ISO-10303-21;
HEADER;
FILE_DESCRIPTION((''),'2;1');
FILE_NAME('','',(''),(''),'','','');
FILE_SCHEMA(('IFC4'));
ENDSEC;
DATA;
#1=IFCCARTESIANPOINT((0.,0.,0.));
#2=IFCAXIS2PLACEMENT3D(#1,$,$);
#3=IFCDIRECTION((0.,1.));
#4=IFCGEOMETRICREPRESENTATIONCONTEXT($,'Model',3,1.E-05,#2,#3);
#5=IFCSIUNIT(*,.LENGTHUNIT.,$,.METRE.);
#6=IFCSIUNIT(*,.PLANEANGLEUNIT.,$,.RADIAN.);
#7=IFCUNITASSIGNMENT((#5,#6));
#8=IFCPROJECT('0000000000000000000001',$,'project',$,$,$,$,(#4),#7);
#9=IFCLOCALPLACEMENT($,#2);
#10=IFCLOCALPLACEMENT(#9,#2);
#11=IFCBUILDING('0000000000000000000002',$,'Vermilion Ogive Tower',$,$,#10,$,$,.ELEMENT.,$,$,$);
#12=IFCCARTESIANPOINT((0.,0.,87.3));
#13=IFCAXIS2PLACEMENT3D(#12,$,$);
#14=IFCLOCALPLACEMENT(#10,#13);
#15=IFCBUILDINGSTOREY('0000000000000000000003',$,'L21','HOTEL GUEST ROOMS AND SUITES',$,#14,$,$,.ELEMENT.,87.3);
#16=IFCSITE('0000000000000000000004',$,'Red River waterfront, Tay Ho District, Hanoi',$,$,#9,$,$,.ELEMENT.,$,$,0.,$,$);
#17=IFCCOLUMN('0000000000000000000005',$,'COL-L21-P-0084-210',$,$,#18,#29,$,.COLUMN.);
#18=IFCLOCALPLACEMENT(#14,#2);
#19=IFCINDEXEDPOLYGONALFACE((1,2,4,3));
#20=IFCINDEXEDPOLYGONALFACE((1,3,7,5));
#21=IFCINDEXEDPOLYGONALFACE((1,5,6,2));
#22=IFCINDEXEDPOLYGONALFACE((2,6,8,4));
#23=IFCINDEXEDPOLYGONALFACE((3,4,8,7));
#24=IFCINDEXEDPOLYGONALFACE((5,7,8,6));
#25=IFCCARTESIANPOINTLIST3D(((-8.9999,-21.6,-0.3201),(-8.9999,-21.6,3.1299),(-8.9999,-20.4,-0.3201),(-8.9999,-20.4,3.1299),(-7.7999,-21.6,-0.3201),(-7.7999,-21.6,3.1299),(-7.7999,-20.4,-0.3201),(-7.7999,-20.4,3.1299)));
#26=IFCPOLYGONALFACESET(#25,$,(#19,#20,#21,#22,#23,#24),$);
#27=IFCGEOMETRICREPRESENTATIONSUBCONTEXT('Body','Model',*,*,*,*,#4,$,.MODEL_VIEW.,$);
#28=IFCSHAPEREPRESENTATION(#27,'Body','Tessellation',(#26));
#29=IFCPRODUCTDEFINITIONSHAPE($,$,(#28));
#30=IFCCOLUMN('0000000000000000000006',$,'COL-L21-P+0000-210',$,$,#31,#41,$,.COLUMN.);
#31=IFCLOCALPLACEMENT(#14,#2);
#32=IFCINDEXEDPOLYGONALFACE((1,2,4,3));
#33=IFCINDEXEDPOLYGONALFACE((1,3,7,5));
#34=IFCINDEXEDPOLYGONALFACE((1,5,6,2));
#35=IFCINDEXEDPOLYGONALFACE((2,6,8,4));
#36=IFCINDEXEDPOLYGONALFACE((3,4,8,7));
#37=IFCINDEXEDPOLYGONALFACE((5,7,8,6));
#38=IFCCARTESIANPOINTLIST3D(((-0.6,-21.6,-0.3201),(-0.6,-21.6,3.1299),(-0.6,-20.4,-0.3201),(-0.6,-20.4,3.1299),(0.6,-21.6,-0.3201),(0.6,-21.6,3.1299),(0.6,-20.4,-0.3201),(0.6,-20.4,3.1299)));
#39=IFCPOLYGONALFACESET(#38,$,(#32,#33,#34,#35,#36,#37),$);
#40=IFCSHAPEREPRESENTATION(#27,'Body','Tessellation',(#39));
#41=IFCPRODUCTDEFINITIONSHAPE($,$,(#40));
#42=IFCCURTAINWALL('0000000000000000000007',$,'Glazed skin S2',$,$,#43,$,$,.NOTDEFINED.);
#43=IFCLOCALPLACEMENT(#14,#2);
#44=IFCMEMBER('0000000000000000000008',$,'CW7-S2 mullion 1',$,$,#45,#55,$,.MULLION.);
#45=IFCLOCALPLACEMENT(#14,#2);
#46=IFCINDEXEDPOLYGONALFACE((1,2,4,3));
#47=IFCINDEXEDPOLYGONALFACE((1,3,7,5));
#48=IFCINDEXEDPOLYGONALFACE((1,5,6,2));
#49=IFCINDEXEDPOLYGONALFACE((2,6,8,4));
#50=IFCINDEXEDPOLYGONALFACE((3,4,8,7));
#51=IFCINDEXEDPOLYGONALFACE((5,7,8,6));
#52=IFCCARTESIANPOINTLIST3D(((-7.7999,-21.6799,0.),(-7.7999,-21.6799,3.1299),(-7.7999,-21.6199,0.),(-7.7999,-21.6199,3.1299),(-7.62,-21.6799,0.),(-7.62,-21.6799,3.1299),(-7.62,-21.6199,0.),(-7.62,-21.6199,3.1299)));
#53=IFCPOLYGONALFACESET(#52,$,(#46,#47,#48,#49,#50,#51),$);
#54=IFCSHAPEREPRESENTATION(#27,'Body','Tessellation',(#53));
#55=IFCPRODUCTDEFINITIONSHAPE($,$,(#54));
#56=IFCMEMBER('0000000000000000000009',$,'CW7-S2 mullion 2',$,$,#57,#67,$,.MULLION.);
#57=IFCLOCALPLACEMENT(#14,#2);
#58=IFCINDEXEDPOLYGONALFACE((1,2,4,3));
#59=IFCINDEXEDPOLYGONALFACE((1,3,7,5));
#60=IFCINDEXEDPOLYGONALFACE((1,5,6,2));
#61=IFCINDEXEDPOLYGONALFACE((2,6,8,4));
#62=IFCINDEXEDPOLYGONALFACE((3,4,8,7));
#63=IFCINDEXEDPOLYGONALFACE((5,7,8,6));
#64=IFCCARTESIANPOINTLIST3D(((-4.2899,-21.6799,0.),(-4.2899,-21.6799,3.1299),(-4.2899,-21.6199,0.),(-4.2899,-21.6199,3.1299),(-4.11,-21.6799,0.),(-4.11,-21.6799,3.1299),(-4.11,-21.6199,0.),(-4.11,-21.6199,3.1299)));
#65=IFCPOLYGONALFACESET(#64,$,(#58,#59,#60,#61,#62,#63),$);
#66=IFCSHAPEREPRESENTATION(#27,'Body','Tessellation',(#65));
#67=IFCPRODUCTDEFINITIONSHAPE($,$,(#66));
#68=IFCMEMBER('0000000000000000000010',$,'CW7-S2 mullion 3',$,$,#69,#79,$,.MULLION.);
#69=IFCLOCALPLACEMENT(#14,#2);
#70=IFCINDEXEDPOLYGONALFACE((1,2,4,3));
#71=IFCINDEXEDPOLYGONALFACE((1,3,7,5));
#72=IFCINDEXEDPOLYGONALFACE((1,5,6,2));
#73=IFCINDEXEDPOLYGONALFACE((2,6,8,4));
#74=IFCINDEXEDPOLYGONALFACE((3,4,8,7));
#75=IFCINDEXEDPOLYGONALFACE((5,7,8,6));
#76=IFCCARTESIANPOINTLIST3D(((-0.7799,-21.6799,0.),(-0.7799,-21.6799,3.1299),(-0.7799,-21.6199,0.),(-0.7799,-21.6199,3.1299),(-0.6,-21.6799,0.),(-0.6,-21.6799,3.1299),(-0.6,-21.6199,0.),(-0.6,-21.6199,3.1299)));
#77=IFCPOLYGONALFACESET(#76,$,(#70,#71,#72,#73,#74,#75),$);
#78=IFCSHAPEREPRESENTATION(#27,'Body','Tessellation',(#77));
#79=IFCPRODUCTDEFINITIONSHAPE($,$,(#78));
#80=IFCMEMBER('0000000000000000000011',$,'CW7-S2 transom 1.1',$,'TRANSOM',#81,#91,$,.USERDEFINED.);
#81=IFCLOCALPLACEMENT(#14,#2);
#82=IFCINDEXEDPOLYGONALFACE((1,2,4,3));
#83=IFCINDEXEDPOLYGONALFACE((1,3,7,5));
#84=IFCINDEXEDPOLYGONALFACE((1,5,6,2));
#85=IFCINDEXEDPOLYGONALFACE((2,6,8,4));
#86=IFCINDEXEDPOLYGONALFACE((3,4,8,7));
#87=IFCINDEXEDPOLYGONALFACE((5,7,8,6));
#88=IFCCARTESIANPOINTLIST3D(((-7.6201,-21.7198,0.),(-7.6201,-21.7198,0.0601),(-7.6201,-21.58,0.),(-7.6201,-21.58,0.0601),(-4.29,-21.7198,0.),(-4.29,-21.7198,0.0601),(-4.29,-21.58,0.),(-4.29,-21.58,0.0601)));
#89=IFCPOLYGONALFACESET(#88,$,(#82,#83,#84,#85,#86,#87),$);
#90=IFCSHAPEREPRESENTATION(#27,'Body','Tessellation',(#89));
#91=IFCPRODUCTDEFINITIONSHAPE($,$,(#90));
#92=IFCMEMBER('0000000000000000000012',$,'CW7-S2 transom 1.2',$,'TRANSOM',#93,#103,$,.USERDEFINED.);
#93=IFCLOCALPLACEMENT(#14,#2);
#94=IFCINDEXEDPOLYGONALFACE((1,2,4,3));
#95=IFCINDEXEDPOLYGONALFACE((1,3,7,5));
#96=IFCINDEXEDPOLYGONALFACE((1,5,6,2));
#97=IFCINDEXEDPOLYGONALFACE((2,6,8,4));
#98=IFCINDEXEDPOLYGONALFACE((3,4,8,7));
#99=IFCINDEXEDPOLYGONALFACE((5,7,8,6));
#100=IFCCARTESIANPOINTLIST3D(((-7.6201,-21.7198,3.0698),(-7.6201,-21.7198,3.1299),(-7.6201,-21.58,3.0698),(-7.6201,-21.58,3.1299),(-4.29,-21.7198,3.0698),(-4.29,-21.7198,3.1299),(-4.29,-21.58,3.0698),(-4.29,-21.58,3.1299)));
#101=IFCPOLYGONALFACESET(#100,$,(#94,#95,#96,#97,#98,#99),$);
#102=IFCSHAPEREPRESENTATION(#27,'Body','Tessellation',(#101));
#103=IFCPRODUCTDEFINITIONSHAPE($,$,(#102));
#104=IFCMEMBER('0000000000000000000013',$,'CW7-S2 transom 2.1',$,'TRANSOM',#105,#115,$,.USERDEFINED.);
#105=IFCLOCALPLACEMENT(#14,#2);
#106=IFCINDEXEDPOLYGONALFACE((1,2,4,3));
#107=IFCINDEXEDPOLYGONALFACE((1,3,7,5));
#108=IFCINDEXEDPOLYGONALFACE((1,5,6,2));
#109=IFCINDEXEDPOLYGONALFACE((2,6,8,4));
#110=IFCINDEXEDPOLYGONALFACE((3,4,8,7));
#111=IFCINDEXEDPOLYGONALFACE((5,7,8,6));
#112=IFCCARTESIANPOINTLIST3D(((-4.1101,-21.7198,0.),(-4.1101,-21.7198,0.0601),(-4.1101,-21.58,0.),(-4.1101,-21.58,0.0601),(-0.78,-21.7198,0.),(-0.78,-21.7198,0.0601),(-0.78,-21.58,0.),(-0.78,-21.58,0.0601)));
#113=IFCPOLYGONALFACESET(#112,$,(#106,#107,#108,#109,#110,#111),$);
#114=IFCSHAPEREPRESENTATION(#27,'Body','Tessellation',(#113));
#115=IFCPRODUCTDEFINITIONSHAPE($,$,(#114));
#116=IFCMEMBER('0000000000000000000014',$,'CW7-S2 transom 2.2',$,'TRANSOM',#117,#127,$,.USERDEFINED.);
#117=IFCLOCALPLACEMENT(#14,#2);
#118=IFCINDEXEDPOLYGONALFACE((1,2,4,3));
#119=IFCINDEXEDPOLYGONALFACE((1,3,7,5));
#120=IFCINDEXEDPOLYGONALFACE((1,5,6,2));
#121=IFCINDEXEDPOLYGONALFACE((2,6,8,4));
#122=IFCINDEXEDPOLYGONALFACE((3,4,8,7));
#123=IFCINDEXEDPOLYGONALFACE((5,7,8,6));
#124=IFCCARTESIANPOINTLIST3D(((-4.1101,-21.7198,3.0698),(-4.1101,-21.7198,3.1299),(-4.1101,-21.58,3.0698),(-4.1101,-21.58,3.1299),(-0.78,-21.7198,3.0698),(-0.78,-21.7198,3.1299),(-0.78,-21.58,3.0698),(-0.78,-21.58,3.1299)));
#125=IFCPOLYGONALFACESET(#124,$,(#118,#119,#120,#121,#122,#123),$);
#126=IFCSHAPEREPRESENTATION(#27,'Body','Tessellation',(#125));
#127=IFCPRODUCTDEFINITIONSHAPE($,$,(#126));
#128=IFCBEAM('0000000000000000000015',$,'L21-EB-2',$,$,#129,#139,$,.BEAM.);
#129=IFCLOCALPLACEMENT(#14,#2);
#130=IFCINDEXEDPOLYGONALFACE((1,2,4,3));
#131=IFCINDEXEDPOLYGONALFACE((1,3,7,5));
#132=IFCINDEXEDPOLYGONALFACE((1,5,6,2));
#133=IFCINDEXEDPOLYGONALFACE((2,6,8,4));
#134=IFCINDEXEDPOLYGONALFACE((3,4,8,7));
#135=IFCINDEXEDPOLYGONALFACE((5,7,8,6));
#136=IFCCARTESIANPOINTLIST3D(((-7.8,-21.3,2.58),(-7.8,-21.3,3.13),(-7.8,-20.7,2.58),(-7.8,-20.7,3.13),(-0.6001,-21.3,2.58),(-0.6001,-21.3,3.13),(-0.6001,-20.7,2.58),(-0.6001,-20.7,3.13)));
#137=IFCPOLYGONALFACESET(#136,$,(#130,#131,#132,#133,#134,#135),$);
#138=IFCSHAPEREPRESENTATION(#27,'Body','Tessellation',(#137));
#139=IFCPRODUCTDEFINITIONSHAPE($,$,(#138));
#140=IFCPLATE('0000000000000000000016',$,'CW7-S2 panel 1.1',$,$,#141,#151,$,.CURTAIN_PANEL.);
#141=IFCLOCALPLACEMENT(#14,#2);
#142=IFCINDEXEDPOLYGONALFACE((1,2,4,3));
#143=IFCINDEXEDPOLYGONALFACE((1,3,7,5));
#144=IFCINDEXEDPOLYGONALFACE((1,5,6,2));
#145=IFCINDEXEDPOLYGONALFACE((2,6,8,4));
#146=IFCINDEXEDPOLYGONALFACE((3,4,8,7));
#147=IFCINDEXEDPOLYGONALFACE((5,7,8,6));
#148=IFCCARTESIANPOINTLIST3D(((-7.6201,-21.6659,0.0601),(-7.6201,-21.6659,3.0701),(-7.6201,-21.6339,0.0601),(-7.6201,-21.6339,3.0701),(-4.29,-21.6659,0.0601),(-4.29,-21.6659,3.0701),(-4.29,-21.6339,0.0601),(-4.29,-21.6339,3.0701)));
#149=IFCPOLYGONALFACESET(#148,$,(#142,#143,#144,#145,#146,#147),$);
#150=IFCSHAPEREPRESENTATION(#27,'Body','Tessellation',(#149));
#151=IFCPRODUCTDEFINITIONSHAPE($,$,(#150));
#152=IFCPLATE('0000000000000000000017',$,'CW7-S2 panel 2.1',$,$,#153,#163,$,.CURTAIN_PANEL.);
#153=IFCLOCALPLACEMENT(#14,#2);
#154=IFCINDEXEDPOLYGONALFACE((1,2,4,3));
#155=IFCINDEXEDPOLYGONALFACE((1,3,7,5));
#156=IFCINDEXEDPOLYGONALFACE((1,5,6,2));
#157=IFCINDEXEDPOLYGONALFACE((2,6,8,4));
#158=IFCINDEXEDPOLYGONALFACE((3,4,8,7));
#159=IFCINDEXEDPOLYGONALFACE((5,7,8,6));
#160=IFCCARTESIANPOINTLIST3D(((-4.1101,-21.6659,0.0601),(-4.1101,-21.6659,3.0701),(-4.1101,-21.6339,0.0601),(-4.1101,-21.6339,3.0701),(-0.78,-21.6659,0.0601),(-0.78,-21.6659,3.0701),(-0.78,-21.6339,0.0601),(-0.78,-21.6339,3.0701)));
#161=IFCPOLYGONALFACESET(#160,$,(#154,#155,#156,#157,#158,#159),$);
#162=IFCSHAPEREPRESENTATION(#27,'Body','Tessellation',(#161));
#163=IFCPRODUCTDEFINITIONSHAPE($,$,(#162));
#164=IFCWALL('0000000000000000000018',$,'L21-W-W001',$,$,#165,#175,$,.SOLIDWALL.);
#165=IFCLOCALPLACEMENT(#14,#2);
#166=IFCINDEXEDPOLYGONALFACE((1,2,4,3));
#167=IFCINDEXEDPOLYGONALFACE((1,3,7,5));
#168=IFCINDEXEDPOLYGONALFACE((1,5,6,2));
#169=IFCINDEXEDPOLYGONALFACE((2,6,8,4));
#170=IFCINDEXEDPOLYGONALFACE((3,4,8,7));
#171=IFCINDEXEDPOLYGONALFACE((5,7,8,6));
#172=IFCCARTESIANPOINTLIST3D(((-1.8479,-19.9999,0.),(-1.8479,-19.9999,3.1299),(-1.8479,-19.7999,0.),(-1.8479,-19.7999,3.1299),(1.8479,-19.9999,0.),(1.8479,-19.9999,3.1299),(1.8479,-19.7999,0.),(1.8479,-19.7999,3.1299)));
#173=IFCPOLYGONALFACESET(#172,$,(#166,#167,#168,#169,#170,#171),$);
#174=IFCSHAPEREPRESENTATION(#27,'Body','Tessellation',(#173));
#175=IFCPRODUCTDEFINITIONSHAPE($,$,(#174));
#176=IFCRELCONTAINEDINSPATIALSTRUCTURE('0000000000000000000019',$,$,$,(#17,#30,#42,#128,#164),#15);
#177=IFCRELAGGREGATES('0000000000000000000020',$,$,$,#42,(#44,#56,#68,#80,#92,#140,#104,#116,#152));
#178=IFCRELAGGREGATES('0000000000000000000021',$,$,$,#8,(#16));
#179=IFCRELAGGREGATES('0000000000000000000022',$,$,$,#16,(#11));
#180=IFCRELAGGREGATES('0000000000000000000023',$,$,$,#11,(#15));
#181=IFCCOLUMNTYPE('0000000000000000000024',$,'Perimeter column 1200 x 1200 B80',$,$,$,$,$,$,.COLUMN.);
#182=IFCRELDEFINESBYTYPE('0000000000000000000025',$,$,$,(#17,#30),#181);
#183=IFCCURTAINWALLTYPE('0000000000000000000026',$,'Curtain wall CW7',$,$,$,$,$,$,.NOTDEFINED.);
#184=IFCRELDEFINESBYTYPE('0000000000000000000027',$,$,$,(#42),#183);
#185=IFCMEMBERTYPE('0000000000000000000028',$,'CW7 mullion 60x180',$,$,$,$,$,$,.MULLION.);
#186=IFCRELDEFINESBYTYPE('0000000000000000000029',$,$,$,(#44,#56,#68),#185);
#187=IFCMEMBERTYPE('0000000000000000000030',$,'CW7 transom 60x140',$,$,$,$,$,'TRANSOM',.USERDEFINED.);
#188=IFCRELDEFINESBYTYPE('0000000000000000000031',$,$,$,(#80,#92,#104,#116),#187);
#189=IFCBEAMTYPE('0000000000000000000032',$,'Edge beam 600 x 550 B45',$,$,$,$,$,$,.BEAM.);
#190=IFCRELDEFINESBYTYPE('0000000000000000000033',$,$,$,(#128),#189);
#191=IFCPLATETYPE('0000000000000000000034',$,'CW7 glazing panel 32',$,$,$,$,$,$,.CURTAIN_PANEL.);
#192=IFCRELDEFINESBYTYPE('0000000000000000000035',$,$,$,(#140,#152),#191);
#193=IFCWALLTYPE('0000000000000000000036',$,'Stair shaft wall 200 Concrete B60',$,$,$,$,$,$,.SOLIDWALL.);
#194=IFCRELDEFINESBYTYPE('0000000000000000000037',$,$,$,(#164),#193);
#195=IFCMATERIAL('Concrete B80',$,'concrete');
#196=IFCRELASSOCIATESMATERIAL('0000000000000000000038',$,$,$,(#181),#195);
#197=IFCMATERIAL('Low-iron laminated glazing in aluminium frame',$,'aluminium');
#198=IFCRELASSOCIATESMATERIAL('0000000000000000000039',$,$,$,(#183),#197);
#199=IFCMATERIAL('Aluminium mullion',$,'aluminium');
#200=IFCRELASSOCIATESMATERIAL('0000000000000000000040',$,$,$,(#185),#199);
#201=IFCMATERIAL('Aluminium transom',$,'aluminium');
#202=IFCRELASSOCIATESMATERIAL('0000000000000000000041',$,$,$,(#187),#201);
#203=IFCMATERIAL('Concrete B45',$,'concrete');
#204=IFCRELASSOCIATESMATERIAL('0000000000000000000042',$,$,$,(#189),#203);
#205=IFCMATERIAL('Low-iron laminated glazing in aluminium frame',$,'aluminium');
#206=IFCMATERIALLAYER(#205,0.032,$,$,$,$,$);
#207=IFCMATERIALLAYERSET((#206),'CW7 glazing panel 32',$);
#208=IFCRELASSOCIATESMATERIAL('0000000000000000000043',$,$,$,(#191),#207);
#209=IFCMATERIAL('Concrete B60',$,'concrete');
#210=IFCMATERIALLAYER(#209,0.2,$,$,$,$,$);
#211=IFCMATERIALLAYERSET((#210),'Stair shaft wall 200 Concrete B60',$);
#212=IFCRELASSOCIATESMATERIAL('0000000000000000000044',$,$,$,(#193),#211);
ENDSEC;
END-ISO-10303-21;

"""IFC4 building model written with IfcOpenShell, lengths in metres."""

from ifc_helpers import new_model, si_unit, direction, frame, frame_2d, origin, origin_2d, place, context, subcontext, project, spatial, rectangle, extrude, material, layer, layer_set, material_profile, profile_set, type_object, element, aggregate, save


model = new_model("IFC4")

# Units and contexts
model_context = context("Model", 3, precision=1e-05, world=origin(), true_north=direction((0.0, 1.0)))
body_context = subcontext(model_context, "Body", "Model", "MODEL_VIEW")
ifc_project = project(units=[si_unit("LENGTHUNIT", "METRE"), si_unit("PLANEANGLEUNIT", "RADIAN")], contexts=[model_context])

# Site, building, storey
site_placement = place(None, origin())
site = spatial("IfcSite", under=ifc_project, at=site_placement, Name="Red River waterfront, Tay Ho District, Hanoi", CompositionType="ELEMENT", RefElevation=0.0)
building_placement = place(site_placement, origin())
building = spatial("IfcBuilding", under=site, at=building_placement, Name="Vermilion Ogive Tower", CompositionType="ELEMENT")
storey_placement = place(building_placement, frame((0.0, 0.0, 87.3)))
storey = spatial("IfcBuildingStorey", under=building, at=storey_placement, Name="L21", Description="HOTEL GUEST ROOMS AND SUITES", CompositionType="ELEMENT", Elevation=87.3)

# Columns
ifc_material_1 = material(Name="Concrete B80", Category="concrete")
ifc_material_profile_1 = material_profile(ifc_material_1, rectangle(XDim=1.2, YDim=1.2, at=origin_2d()), Name="1200 x 1200")
ifc_profile_set_1 = profile_set([ifc_material_profile_1], Name="Concrete B80")
column_type = type_object("IfcColumnType", Name="Perimeter column 1200 x 1200 B80", PredefinedType="COLUMN", material=ifc_profile_set_1)
for number, where, z_axis, x_axis, name in (
    (1, (-8.3999, -21.0, -0.3201), (0.0, 0.0, 1.0), (1.0, 0.0, 0.0), "COL-L21-P-0084-210"),
    (2, (0.0, -21.0, -0.3201), (0.0, 0.0, 1.0), (1.0, 0.0, 0.0), "COL-L21-P+0000-210"),
):
    element("IfcColumn", number, at=place(storey_placement, frame(where, z_axis=z_axis, x_axis=x_axis)), inside=storey, type_object=column_type, Name=name, PredefinedType="COLUMN", context=body_context, shape_type="SweptSolid", body=[
        extrude(rectangle(XDim=1.2, YDim=1.2, at=origin_2d()), origin(), (0.0, 0.0, 1.0), 3.45),
    ])

# Curtain wall, members
ifc_material_2 = material(Name="Low-iron laminated glazing in aluminium frame", Category="aluminium")
curtain_wall_type = type_object("IfcCurtainWallType", Name="Curtain wall CW7", PredefinedType="NOTDEFINED", material=ifc_material_2)
curtain_wall_placement = place(storey_placement, origin())
curtain_wall = element("IfcCurtainWall", 3, at=curtain_wall_placement, inside=storey, type_object=curtain_wall_type, Name="Glazed skin S2", PredefinedType="NOTDEFINED")
ifc_material_3 = material(Name="Aluminium mullion", Category="aluminium")
ifc_material_profile_2 = material_profile(ifc_material_3, rectangle(XDim=0.0601, YDim=0.1799, at=origin_2d()), Name="AL 60x180")
ifc_profile_set_2 = profile_set([ifc_material_profile_2], Name="Aluminium mullion")
member_type_1 = type_object("IfcMemberType", Name="CW7 mullion 60x180", PredefinedType="MULLION", material=ifc_profile_set_2)
member_1_placement = place(storey_placement, frame((-7.71, -21.6499, 0.0), z_axis=(0.0, 0.0, 1.0), x_axis=(0.0, 1.0, 0.0)))
member_1 = element("IfcMember", 4, at=member_1_placement, type_object=member_type_1, Name="CW7-S2 mullion 1", PredefinedType="MULLION", context=body_context, shape_type="SweptSolid", body=[
    extrude(rectangle(XDim=0.0601, YDim=0.1799, at=origin_2d()), origin(), (0.0, 0.0, 1.0), 3.1299),
])
member_2_placement = place(storey_placement, frame((-4.2, -21.6499, 0.0), z_axis=(0.0, 0.0, 1.0), x_axis=(0.0, 1.0, 0.0)))
member_2 = element("IfcMember", 5, at=member_2_placement, type_object=member_type_1, Name="CW7-S2 mullion 2", PredefinedType="MULLION", context=body_context, shape_type="SweptSolid", body=[
    extrude(rectangle(XDim=0.0601, YDim=0.1799, at=origin_2d()), origin(), (0.0, 0.0, 1.0), 3.1299),
])
member_3_placement = place(storey_placement, frame((-0.6899, -21.6499, 0.0), z_axis=(0.0, 0.0, 1.0), x_axis=(0.0, 1.0, 0.0)))
member_3 = element("IfcMember", 6, at=member_3_placement, type_object=member_type_1, Name="CW7-S2 mullion 3", PredefinedType="MULLION", context=body_context, shape_type="SweptSolid", body=[
    extrude(rectangle(XDim=0.0601, YDim=0.1799, at=origin_2d()), origin(), (0.0, 0.0, 1.0), 3.1299),
])
ifc_material_4 = material(Name="Aluminium transom", Category="aluminium")
ifc_material_profile_3 = material_profile(ifc_material_4, rectangle(XDim=0.1399, YDim=0.0601, at=origin_2d()), Name="AL 60x140")
ifc_profile_set_3 = profile_set([ifc_material_profile_3], Name="Aluminium transom")
member_type_2 = type_object("IfcMemberType", Name="CW7 transom 60x140", ElementType="TRANSOM", PredefinedType="USERDEFINED", material=ifc_profile_set_3)
member_4_placement = place(storey_placement, frame((-7.6201, -21.6499, 0.03), z_axis=(1.0, 0.0, 0.0), x_axis=(0.0, 1.0, 0.0)))
member_4 = element("IfcMember", 7, at=member_4_placement, type_object=member_type_2, Name="CW7-S2 transom 1.1", ObjectType="TRANSOM", PredefinedType="USERDEFINED", context=body_context, shape_type="SweptSolid", body=[
    extrude(rectangle(XDim=0.1399, YDim=0.0601, at=origin_2d()), origin(), (0.0, 0.0, 1.0), 3.3301),
])
member_5_placement = place(storey_placement, frame((-7.6201, -21.6499, 3.0999), z_axis=(1.0, 0.0, 0.0), x_axis=(0.0, 1.0, 0.0)))
member_5 = element("IfcMember", 8, at=member_5_placement, type_object=member_type_2, Name="CW7-S2 transom 1.2", ObjectType="TRANSOM", PredefinedType="USERDEFINED", context=body_context, shape_type="SweptSolid", body=[
    extrude(rectangle(XDim=0.1399, YDim=0.0601, at=origin_2d()), origin(), (0.0, 0.0, 1.0), 3.3301),
])
member_6_placement = place(storey_placement, frame((-4.1101, -21.6499, 0.03), z_axis=(1.0, 0.0, 0.0), x_axis=(0.0, 1.0, 0.0)))
member_6 = element("IfcMember", 9, at=member_6_placement, type_object=member_type_2, Name="CW7-S2 transom 2.1", ObjectType="TRANSOM", PredefinedType="USERDEFINED", context=body_context, shape_type="SweptSolid", body=[
    extrude(rectangle(XDim=0.1399, YDim=0.0601, at=origin_2d()), origin(), (0.0, 0.0, 1.0), 3.3301),
])
member_7_placement = place(storey_placement, frame((-4.1101, -21.6499, 3.0999), z_axis=(1.0, 0.0, 0.0), x_axis=(0.0, 1.0, 0.0)))
member_7 = element("IfcMember", 10, at=member_7_placement, type_object=member_type_2, Name="CW7-S2 transom 2.2", ObjectType="TRANSOM", PredefinedType="USERDEFINED", context=body_context, shape_type="SweptSolid", body=[
    extrude(rectangle(XDim=0.1399, YDim=0.0601, at=origin_2d()), origin(), (0.0, 0.0, 1.0), 3.3301),
])

# Beam
ifc_material_5 = material(Name="Concrete B45", Category="concrete")
ifc_material_profile_4 = material_profile(ifc_material_5, rectangle(XDim=0.6001, YDim=0.55, at=origin_2d()), Name="600 x 550")
ifc_profile_set_4 = profile_set([ifc_material_profile_4], Name="Concrete B45")
beam_type = type_object("IfcBeamType", Name="Edge beam 600 x 550 B45", PredefinedType="BEAM", material=ifc_profile_set_4)
beam_placement = place(storey_placement, frame((-7.8, -21.0, 2.855), z_axis=(1.0, 0.0, 0.0), x_axis=(0.0, 1.0, 0.0)))
element("IfcBeam", 11, at=beam_placement, inside=storey, type_object=beam_type, Name="L21-EB-2", PredefinedType="BEAM", context=body_context, shape_type="SweptSolid", body=[
    extrude(rectangle(XDim=0.6001, YDim=0.55, at=origin_2d()), origin(), (0.0, 0.0, 1.0), 7.2),
])

# Plates
ifc_material_6 = material(Name="Low-iron laminated glazing in aluminium frame", Category="aluminium")
ifc_layer_1 = layer(ifc_material_6, 0.032)
ifc_layer_set_1 = layer_set([ifc_layer_1], Name="CW7 glazing panel 32")
plate_type = type_object("IfcPlateType", Name="CW7 glazing panel 32", PredefinedType="CURTAIN_PANEL", material=ifc_layer_set_1)
plate_1_placement = place(storey_placement, frame((-5.9551, -21.6499, 0.0601), z_axis=(0.0, 0.0, 1.0), x_axis=(1.0, 0.0, 0.0)))
plate_1 = element("IfcPlate", 12, at=plate_1_placement, type_object=plate_type, Name="CW7-S2 panel 1.1", PredefinedType="CURTAIN_PANEL", context=body_context, shape_type="SweptSolid", body=[
    extrude(rectangle(XDim=3.3301, YDim=0.032, at=origin_2d()), origin(), (0.0, 0.0, 1.0), 3.01),
])
plate_2_placement = place(storey_placement, frame((-2.4451, -21.6499, 0.0601), z_axis=(0.0, 0.0, 1.0), x_axis=(1.0, 0.0, 0.0)))
plate_2 = element("IfcPlate", 13, at=plate_2_placement, type_object=plate_type, Name="CW7-S2 panel 2.1", PredefinedType="CURTAIN_PANEL", context=body_context, shape_type="SweptSolid", body=[
    extrude(rectangle(XDim=3.3301, YDim=0.032, at=origin_2d()), origin(), (0.0, 0.0, 1.0), 3.01),
])
aggregate(curtain_wall, [member_1, member_2, member_3, member_4, member_5, plate_1, member_6, member_7, plate_2])

# Wall
ifc_material_7 = material(Name="Concrete B60", Category="concrete")
ifc_layer_2 = layer(ifc_material_7, 0.2)
ifc_layer_set_2 = layer_set([ifc_layer_2], Name="Stair shaft wall 200 Concrete B60")
wall_type = type_object("IfcWallType", Name="Stair shaft wall 200 Concrete B60", PredefinedType="SOLIDWALL", material=ifc_layer_set_2)
wall_1_placement = place(storey_placement, frame((-1.8479, -19.8999, 0.0), z_axis=(0.0, 0.0, 1.0), x_axis=(1.0, 0.0, 0.0)))
element("IfcWall", 14, at=wall_1_placement, inside=storey, type_object=wall_type, Name="L21-W-W001", PredefinedType="SOLIDWALL", context=body_context, shape_type="SweptSolid", body=[
    extrude(rectangle(XDim=3.6958, YDim=0.2, at=frame_2d((1.8479, 0.0))), origin(), (0.0, 0.0, 1.0), 3.1299),
])

save(model, "model.ifc")
